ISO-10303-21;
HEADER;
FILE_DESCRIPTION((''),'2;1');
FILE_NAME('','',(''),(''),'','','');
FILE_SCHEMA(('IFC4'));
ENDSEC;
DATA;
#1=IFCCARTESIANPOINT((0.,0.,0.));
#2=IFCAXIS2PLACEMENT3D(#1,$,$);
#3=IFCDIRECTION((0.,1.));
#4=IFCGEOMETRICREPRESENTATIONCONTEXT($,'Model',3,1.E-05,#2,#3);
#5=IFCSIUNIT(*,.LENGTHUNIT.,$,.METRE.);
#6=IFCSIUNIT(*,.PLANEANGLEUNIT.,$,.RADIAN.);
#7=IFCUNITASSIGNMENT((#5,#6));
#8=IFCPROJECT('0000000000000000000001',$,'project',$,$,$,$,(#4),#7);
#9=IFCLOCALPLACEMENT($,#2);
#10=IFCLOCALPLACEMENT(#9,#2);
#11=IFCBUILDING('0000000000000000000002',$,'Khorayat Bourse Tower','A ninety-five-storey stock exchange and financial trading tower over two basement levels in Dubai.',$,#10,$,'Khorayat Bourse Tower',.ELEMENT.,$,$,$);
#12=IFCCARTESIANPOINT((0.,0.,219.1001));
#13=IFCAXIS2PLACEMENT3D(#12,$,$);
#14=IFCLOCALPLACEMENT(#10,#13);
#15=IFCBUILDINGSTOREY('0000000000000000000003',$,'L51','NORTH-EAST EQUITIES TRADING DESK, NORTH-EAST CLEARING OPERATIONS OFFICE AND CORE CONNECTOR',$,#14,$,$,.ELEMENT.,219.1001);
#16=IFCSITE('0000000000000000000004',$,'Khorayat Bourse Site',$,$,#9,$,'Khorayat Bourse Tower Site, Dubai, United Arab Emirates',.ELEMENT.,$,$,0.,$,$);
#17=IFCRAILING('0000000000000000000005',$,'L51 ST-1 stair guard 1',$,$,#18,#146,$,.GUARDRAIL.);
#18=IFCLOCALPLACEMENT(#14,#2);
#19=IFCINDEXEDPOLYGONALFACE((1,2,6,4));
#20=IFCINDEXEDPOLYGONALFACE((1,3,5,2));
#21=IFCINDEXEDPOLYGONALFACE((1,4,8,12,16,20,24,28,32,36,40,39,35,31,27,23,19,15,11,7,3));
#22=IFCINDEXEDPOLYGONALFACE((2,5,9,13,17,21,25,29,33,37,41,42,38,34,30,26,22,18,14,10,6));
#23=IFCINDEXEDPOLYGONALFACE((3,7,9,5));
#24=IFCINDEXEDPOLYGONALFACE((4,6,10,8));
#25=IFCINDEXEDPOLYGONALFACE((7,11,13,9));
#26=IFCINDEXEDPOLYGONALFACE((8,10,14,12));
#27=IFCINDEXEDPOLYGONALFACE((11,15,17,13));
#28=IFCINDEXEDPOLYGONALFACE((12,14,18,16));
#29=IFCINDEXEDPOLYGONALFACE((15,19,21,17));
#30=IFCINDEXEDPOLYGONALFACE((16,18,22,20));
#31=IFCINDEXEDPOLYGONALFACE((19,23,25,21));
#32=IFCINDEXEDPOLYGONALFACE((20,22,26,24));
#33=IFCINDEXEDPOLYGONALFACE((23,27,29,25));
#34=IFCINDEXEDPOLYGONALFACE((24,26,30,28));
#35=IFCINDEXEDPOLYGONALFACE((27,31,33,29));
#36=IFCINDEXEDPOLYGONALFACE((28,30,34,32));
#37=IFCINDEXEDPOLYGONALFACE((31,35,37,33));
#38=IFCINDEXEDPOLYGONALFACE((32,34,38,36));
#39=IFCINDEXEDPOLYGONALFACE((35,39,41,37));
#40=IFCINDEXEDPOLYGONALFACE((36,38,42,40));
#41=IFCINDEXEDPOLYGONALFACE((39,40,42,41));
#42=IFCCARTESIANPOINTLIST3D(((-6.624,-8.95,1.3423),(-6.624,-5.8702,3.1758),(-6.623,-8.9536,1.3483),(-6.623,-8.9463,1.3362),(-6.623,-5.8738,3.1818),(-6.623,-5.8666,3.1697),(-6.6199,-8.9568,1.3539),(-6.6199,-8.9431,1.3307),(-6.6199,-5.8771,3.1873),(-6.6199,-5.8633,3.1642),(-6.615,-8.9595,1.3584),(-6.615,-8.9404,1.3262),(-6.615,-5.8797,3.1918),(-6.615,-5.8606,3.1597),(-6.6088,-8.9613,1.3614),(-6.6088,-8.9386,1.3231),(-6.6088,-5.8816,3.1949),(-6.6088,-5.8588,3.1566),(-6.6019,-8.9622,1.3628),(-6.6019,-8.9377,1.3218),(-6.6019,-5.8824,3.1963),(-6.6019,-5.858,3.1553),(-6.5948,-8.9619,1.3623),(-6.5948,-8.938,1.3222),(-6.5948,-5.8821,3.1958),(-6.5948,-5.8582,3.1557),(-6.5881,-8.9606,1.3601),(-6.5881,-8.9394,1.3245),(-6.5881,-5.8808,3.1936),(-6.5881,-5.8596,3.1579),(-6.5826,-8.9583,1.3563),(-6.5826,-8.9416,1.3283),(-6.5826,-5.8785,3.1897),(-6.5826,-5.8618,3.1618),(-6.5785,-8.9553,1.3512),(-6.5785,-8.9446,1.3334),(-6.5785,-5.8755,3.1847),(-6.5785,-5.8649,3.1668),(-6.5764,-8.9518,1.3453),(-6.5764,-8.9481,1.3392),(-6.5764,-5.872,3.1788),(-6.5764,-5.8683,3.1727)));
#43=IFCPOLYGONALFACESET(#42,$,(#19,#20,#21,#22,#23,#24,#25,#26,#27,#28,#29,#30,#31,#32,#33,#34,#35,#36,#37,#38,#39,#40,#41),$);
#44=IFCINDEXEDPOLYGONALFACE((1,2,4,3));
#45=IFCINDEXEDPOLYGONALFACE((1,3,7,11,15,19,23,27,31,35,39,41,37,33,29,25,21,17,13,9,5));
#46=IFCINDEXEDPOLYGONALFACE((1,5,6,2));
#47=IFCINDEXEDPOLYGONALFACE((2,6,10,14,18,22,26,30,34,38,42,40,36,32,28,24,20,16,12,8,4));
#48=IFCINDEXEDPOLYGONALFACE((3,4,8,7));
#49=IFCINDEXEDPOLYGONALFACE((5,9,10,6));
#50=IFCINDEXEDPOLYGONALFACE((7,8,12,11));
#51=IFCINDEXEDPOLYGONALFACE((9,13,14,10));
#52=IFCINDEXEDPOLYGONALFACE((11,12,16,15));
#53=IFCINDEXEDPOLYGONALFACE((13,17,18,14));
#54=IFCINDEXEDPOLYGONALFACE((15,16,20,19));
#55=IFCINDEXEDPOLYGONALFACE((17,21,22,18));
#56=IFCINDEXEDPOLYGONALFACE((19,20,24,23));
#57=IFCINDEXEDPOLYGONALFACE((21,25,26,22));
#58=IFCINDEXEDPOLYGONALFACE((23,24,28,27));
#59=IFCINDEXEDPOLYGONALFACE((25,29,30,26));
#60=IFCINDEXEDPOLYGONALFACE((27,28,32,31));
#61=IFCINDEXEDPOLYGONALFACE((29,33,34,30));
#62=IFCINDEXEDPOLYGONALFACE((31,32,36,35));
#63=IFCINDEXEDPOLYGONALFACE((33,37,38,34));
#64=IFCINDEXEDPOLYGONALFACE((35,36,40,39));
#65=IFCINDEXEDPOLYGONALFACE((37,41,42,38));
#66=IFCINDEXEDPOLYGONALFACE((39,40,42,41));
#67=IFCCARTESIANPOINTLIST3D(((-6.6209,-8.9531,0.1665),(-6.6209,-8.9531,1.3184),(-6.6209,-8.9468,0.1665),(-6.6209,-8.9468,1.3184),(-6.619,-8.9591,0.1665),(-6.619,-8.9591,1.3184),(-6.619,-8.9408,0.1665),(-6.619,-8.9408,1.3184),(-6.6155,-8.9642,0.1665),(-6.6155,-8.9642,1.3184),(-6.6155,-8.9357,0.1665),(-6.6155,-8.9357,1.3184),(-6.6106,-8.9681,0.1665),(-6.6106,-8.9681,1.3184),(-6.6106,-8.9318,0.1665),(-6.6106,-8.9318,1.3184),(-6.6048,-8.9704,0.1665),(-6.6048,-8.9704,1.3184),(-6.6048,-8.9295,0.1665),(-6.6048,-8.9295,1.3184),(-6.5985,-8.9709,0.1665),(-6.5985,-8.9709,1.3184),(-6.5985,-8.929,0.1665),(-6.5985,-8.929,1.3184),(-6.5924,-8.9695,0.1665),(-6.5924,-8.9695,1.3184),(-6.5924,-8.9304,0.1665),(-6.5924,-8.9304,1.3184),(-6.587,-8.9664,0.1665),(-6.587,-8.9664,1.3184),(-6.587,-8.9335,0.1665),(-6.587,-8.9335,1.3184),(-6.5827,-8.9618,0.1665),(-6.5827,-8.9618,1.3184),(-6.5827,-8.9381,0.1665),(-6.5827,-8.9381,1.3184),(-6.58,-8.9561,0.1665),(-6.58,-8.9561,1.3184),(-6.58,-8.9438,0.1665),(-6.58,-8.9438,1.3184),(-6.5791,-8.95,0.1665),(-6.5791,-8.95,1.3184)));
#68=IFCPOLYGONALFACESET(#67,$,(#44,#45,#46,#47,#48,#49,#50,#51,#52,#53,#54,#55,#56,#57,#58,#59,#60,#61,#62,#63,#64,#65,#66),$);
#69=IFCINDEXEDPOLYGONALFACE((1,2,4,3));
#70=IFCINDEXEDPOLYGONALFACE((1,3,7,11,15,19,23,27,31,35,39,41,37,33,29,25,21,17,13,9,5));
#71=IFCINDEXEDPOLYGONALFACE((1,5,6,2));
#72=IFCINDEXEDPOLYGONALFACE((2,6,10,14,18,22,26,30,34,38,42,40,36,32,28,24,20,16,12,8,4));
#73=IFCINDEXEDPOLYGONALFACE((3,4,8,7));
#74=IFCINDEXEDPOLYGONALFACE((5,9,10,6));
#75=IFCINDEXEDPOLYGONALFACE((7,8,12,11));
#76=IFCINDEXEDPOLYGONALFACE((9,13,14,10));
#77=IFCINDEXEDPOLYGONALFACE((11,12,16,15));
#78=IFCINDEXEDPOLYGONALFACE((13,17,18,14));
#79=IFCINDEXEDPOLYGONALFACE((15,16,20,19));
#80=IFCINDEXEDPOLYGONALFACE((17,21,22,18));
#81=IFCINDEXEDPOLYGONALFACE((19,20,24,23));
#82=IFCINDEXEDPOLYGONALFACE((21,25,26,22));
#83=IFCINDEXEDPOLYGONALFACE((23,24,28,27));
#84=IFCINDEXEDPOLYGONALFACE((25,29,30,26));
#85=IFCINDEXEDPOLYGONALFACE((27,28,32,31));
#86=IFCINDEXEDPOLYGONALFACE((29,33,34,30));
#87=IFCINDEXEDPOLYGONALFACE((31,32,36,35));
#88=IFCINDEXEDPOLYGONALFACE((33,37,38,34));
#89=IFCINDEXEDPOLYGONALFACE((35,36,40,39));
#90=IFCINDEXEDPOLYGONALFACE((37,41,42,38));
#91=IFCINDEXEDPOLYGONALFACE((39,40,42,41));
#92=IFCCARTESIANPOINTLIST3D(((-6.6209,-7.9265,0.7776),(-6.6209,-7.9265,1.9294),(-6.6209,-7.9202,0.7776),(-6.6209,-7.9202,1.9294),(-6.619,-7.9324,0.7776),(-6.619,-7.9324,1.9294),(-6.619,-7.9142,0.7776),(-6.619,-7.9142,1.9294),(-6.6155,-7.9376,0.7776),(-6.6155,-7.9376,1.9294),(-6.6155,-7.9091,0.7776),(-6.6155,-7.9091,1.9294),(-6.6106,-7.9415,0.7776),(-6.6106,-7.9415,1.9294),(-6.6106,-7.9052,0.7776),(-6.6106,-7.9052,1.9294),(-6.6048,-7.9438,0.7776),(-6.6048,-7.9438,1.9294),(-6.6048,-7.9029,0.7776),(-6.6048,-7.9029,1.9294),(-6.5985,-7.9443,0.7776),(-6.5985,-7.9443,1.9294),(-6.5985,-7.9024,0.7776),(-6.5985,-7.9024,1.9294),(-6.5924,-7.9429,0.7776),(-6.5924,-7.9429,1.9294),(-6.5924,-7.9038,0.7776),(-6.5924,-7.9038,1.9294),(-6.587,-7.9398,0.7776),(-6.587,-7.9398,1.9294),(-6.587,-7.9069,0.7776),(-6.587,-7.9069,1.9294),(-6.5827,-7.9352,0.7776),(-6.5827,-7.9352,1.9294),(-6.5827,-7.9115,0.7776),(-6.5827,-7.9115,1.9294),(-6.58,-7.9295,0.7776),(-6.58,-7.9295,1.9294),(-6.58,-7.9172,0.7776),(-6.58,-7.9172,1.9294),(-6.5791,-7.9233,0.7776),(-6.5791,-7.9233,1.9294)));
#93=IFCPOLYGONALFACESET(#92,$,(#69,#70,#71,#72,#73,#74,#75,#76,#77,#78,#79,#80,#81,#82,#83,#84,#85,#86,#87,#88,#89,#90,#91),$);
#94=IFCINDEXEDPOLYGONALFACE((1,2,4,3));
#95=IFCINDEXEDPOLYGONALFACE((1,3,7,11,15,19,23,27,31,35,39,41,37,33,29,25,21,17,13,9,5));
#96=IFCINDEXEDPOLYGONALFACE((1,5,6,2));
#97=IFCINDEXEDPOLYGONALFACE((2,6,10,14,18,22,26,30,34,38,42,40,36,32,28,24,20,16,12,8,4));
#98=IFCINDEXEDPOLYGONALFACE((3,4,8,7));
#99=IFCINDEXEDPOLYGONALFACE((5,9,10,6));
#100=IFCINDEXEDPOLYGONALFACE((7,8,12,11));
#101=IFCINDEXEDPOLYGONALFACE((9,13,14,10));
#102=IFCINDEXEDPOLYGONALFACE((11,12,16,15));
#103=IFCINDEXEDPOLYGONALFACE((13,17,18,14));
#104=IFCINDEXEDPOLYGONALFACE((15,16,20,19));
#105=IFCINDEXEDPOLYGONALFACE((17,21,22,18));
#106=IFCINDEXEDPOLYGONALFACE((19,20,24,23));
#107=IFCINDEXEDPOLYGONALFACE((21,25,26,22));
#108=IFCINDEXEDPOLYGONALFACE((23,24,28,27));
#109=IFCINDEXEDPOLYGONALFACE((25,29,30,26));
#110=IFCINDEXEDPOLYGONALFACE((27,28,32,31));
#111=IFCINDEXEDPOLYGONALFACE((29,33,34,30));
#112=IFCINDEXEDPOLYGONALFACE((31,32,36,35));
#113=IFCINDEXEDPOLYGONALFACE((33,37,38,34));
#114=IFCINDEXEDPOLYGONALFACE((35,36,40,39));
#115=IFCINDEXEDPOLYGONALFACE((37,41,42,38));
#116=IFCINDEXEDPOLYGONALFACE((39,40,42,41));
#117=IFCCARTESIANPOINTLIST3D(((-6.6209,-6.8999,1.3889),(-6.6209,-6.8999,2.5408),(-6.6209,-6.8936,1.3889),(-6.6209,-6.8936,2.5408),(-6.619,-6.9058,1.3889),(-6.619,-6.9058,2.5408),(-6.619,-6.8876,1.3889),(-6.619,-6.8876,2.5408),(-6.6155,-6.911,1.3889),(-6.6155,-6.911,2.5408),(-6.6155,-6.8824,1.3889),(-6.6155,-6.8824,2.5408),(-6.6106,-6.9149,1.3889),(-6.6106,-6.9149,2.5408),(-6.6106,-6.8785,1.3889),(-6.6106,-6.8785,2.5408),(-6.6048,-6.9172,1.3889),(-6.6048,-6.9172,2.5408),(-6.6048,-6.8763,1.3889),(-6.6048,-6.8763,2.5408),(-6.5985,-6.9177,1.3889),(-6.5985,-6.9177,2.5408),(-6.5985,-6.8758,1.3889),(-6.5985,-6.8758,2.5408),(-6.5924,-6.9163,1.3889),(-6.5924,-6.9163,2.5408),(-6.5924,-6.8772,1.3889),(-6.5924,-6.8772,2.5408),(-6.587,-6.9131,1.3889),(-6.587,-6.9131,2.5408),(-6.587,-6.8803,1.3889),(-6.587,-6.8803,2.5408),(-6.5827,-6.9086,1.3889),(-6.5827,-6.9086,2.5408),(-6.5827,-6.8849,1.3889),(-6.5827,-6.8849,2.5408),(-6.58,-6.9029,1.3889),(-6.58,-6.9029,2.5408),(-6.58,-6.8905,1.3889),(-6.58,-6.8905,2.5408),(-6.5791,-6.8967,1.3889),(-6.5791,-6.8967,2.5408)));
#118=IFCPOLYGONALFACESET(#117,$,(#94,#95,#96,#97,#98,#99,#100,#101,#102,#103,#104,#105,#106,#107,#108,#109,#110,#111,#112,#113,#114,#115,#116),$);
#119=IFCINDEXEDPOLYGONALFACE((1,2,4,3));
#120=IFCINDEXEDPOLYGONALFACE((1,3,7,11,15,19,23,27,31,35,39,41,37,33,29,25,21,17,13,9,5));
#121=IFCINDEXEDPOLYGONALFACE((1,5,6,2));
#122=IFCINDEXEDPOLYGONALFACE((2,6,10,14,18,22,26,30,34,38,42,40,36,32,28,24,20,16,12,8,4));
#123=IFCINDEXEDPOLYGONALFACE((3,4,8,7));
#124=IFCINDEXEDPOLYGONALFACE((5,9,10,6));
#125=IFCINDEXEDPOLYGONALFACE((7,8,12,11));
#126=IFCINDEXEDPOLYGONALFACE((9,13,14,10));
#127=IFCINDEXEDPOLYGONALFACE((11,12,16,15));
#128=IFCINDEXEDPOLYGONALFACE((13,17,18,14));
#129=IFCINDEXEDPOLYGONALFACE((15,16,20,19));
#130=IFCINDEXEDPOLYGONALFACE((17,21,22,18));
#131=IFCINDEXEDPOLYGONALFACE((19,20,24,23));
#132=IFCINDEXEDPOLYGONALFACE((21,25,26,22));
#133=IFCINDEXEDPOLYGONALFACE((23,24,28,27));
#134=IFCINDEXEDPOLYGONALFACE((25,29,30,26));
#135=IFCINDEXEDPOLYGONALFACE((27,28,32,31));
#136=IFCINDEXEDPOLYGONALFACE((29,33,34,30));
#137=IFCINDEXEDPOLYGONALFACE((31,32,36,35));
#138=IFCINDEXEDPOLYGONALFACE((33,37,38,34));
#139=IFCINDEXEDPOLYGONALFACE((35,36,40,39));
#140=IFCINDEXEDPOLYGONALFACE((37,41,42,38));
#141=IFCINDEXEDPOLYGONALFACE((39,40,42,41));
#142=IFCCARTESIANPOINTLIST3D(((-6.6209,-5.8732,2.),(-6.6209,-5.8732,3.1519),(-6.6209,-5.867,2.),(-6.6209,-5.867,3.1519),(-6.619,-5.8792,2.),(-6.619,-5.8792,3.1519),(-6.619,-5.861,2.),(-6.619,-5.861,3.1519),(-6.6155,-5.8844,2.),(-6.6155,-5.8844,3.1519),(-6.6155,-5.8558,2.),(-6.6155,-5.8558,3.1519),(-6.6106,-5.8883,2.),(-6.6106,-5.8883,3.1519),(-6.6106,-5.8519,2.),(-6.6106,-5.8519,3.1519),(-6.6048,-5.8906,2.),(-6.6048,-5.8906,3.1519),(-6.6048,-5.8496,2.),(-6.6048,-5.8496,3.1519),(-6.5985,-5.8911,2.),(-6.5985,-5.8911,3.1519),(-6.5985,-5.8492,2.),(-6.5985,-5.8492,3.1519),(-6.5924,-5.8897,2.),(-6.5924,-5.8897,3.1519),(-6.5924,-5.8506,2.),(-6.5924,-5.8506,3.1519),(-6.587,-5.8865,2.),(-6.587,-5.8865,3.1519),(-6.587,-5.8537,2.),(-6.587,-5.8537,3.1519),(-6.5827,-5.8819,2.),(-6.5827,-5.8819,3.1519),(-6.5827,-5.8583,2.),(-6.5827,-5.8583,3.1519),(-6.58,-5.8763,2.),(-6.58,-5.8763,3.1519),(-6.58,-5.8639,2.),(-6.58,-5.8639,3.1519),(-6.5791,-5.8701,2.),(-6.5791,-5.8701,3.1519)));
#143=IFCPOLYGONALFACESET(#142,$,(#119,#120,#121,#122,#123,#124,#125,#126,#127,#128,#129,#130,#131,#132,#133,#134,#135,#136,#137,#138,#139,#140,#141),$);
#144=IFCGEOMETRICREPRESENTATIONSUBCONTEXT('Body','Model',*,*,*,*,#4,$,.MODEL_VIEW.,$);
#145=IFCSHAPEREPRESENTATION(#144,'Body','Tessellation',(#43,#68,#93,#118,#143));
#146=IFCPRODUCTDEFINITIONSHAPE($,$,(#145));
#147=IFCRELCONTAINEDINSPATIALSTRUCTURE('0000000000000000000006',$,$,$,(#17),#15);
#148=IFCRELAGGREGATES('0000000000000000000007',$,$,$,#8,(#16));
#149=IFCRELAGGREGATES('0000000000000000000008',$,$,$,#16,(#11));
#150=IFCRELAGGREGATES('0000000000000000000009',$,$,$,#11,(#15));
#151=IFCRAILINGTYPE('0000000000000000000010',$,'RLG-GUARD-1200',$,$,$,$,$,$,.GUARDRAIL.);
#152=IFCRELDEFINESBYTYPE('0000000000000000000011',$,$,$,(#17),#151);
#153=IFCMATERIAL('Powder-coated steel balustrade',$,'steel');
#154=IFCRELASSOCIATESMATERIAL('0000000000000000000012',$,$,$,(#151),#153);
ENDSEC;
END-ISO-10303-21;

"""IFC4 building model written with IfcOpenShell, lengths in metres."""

from ifc_helpers import new_model, si_unit, direction, frame, origin, origin_2d, place, context, subcontext, project, spatial, circle, extrude, source, transform, mapped, material, type_object, element, save


model = new_model("IFC4")

# Units and contexts
model_context = context("Model", 3, precision=1e-05, world=origin(), true_north=direction((0.0, 1.0)))
body_context = subcontext(model_context, "Body", "Model", "MODEL_VIEW")
ifc_project = project(units=[si_unit("LENGTHUNIT", "METRE"), si_unit("PLANEANGLEUNIT", "RADIAN")], contexts=[model_context])

# Site, building, storey
site_placement = place(None, origin())
site = spatial("IfcSite", under=ifc_project, at=site_placement, Name="Khorayat Bourse Site", LongName="Khorayat Bourse Tower Site, Dubai, United Arab Emirates", CompositionType="ELEMENT", RefElevation=0.0)
building_placement = place(site_placement, origin())
building = spatial("IfcBuilding", under=site, at=building_placement, Name="Khorayat Bourse Tower", Description="A ninety-five-storey stock exchange and financial trading tower over two basement levels in Dubai.", LongName="Khorayat Bourse Tower", CompositionType="ELEMENT")
storey_placement = place(building_placement, frame((0.0, 0.0, 219.1001)))
storey = spatial("IfcBuildingStorey", under=building, at=storey_placement, Name="L51", Description="NORTH-EAST EQUITIES TRADING DESK, NORTH-EAST CLEARING OPERATIONS OFFICE AND CORE CONNECTOR", CompositionType="ELEMENT", Elevation=219.1001)

# Railing
ifc_material_1 = material(Name="Powder-coated steel balustrade", Category="steel")
railing_type_1 = type_object("IfcRailingType", Name="RLG-GUARD-1200", PredefinedType="GUARDRAIL", material=ifc_material_1)
shared_shape_1 = source(origin(), body_context, "Body", "SweptSolid", [
    extrude(circle(Radius=0.0239, at=origin_2d()), frame((0.0, 0.0, 1.1758), z_axis=(0.0, 0.859261, 0.511538), x_axis=(-1.0, 0.0, 0.0)), (0.0, 0.0, 1.0), 3.5842),
    extrude(circle(Radius=0.021, at=origin_2d()), origin(), (0.0, 0.0, 1.0), 1.1519),
    extrude(circle(Radius=0.021, at=origin_2d()), frame((0.0, 1.0266, 0.6111)), (0.0, 0.0, 1.0), 1.1519),
    extrude(circle(Radius=0.021, at=origin_2d()), frame((0.0, 2.0532, 1.2224)), (0.0, 0.0, 1.0), 1.1519),
    extrude(circle(Radius=0.021, at=origin_2d()), frame((0.0, 3.0798, 1.8335)), (0.0, 0.0, 1.0), 1.1519),
])
railing_1_placement = place(storey_placement, frame((-6.6001, -8.95, 0.1665)))
element("IfcRailing", 1, at=railing_1_placement, inside=storey, type_object=railing_type_1, Name="L51 ST-1 stair guard 1", PredefinedType="GUARDRAIL", context=body_context, shape_type="MappedRepresentation", body=[
    mapped(shared_shape_1, transform((0.0, 0.0, 0.0), scale=1.0)),
])

save(model, "model.ifc")
